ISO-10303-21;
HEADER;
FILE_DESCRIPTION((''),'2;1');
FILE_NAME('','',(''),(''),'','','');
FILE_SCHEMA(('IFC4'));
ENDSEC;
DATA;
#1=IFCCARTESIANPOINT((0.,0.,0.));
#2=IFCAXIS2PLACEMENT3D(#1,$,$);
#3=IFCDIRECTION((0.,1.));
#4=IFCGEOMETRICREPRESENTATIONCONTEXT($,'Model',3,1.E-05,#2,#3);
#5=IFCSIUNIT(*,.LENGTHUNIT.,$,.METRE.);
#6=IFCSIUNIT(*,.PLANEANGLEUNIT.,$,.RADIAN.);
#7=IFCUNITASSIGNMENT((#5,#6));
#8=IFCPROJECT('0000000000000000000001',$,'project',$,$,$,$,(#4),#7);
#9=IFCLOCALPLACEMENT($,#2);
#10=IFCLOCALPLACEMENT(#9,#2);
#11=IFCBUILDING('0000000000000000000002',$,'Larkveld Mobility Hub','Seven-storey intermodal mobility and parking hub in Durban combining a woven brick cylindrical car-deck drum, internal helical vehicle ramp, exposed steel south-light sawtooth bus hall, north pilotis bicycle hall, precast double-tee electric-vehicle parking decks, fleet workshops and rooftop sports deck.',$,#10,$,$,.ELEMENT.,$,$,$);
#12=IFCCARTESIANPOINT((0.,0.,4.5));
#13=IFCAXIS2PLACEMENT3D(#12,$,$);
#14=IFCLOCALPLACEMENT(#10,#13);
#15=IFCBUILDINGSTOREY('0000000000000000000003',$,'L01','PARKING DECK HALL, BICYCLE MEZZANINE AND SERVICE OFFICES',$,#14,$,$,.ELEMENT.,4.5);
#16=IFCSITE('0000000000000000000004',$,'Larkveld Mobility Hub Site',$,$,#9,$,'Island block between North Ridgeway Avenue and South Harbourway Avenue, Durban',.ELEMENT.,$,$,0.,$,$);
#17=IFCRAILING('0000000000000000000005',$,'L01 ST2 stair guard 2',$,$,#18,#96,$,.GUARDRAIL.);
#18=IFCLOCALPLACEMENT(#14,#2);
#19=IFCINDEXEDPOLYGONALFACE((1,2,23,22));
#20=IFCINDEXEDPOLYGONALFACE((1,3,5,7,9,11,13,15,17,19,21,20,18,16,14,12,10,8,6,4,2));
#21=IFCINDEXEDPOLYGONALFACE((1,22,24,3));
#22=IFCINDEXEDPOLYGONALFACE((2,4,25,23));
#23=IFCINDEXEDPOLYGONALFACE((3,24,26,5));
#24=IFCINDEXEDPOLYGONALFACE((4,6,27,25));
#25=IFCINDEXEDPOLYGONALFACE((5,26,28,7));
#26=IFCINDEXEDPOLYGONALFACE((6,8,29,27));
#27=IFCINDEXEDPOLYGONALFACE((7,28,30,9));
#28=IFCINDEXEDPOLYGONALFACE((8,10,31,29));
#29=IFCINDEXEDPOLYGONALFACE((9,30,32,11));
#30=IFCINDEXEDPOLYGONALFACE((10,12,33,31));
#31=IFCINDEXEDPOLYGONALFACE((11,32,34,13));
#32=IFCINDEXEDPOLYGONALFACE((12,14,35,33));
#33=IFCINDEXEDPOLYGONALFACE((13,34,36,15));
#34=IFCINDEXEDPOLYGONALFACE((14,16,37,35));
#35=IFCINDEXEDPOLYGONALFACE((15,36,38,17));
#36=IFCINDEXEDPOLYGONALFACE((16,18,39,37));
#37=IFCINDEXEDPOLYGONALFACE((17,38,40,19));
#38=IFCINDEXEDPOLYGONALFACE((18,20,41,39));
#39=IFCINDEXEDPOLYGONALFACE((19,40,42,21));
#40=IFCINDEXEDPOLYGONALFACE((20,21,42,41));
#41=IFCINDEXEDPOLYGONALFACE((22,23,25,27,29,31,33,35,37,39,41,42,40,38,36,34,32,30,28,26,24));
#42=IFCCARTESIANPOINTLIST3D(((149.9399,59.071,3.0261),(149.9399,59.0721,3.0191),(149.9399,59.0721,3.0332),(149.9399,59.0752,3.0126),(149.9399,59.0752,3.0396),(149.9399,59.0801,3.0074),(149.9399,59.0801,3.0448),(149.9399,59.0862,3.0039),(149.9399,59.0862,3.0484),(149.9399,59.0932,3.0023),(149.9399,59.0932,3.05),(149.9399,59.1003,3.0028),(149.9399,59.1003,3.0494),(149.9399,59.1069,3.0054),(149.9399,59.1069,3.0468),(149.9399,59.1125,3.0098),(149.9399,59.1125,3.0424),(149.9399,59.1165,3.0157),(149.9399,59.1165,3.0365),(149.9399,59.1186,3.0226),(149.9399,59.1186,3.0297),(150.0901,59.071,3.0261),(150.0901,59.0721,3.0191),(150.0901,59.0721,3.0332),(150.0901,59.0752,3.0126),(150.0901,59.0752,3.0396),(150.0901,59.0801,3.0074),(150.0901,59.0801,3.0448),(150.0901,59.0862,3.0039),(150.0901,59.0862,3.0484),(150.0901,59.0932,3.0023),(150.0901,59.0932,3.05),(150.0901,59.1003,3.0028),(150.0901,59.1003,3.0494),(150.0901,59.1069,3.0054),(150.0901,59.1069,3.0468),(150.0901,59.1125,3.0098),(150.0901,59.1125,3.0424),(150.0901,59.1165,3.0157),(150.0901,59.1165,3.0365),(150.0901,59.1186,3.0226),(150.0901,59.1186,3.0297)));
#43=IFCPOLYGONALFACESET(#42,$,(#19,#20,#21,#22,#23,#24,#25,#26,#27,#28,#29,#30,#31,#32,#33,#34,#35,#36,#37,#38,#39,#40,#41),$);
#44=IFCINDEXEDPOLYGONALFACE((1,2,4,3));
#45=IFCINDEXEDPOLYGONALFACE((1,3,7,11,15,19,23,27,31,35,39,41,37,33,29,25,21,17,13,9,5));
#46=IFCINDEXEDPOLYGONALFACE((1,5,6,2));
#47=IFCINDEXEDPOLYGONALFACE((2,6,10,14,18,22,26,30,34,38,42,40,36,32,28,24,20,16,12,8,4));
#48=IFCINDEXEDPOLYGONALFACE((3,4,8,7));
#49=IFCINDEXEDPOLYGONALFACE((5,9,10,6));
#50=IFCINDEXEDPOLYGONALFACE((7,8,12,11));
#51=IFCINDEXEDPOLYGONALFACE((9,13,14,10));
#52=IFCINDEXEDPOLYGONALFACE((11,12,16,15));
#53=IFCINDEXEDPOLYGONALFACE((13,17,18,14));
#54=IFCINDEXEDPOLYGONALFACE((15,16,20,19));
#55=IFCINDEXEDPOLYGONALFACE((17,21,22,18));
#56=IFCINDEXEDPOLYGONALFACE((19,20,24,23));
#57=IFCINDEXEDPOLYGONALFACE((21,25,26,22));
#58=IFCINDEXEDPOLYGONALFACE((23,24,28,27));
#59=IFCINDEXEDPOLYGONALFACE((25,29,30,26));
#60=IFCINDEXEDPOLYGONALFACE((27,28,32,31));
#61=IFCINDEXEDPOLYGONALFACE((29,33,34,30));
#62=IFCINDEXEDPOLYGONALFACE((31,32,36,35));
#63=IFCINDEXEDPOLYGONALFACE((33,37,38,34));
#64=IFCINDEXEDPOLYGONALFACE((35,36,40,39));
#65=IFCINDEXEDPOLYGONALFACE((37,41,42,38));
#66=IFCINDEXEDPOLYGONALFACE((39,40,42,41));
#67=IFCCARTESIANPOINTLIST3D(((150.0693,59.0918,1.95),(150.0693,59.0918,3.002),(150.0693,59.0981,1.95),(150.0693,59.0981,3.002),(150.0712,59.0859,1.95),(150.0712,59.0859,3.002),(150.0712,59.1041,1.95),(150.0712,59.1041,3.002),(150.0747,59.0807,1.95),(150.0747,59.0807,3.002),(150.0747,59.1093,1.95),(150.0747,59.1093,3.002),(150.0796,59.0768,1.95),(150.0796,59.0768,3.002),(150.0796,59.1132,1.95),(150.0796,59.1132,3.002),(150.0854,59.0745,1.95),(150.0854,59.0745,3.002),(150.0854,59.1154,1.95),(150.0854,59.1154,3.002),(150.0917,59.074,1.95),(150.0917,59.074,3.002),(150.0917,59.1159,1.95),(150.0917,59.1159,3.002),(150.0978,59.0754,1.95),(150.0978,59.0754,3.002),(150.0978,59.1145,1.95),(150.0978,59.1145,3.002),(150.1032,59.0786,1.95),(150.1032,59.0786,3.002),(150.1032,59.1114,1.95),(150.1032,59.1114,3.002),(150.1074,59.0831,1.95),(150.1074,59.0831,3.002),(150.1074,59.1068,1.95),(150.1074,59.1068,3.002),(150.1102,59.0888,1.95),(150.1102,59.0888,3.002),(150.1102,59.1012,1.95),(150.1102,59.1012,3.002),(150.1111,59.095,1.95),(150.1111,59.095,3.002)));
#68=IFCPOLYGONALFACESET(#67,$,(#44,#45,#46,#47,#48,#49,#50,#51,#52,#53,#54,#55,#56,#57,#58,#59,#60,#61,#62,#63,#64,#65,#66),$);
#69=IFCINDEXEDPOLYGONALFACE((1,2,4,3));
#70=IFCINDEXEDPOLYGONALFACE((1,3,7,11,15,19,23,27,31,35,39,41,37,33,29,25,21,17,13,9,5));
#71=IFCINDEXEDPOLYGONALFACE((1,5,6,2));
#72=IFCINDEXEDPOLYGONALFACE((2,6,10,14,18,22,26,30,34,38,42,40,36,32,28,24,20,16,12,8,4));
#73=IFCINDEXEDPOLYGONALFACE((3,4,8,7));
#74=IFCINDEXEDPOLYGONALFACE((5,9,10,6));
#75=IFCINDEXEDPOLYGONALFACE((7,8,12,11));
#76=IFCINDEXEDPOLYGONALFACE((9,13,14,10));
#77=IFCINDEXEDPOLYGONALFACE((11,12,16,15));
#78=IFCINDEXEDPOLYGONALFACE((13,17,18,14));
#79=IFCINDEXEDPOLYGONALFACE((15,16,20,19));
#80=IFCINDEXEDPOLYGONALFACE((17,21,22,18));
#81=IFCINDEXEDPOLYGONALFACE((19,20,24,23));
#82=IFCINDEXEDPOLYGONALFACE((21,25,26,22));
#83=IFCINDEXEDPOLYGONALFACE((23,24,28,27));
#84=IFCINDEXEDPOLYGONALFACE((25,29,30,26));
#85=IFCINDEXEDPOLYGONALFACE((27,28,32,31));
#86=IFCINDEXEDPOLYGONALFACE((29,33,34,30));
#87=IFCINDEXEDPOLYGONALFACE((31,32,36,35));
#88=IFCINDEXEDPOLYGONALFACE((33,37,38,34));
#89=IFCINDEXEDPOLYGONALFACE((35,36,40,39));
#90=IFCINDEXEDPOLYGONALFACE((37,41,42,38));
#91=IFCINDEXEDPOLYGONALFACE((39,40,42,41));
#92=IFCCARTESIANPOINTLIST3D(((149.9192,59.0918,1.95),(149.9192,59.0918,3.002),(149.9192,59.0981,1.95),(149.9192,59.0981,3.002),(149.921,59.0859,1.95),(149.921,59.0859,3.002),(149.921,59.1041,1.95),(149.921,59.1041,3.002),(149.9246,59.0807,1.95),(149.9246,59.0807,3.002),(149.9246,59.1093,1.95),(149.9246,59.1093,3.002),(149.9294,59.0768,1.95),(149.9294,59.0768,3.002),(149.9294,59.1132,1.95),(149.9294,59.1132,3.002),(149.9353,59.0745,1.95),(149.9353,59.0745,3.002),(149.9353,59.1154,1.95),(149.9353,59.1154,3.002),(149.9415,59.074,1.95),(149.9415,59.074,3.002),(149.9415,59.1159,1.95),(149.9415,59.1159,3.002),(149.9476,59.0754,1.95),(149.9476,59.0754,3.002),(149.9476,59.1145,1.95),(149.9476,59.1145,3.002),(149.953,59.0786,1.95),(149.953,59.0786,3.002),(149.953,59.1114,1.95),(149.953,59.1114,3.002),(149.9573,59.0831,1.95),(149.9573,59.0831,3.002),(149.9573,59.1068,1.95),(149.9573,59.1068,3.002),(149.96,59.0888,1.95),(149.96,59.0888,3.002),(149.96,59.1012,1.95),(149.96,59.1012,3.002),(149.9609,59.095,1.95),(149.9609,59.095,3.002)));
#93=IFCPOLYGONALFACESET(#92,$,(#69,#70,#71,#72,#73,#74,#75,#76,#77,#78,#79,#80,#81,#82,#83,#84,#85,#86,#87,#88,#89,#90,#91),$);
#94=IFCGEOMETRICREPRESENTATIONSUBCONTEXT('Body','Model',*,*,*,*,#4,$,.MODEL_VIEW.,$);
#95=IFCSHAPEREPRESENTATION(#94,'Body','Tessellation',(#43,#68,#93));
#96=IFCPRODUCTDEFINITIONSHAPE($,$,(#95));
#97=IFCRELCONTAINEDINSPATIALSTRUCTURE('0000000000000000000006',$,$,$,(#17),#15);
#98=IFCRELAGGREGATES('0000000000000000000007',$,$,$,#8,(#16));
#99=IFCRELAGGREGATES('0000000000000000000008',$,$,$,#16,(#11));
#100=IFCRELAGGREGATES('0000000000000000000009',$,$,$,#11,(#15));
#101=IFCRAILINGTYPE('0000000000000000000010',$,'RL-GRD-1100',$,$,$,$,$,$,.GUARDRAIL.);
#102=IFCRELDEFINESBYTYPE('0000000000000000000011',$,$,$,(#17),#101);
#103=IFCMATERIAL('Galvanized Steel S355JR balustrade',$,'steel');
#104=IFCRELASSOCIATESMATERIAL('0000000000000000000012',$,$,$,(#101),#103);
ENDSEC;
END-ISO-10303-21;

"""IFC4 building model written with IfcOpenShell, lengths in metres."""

from ifc_helpers import new_model, si_unit, direction, frame, origin, origin_2d, place, context, subcontext, project, spatial, circle, extrude, material, type_object, element, save


model = new_model("IFC4")

# Units and contexts
model_context = context("Model", 3, precision=1e-05, world=origin(), true_north=direction((0.0, 1.0)))
body_context = subcontext(model_context, "Body", "Model", "MODEL_VIEW")
ifc_project = project(units=[si_unit("LENGTHUNIT", "METRE"), si_unit("PLANEANGLEUNIT", "RADIAN")], contexts=[model_context])

# Site, building, storey
site_placement = place(None, origin())
site = spatial("IfcSite", under=ifc_project, at=site_placement, Name="Larkveld Mobility Hub Site", LongName="Island block between North Ridgeway Avenue and South Harbourway Avenue, Durban", CompositionType="ELEMENT", RefElevation=0.0)
building_placement = place(site_placement, origin())
building = spatial("IfcBuilding", under=site, at=building_placement, Name="Larkveld Mobility Hub", Description="Seven-storey intermodal mobility and parking hub in Durban combining a woven brick cylindrical car-deck drum, internal helical vehicle ramp, exposed steel south-light sawtooth bus hall, north pilotis bicycle hall, precast double-tee electric-vehicle parking decks, fleet workshops and rooftop sports deck.", CompositionType="ELEMENT")
storey_placement = place(building_placement, frame((0.0, 0.0, 4.5)))
storey = spatial("IfcBuildingStorey", under=building, at=storey_placement, Name="L01", Description="PARKING DECK HALL, BICYCLE MEZZANINE AND SERVICE OFFICES", CompositionType="ELEMENT", Elevation=4.5)

# Railing
ifc_material_1 = material(Name="Galvanized Steel S355JR balustrade", Category="steel")
railing_type_1 = type_object("IfcRailingType", Name="RL-GRD-1100", PredefinedType="GUARDRAIL", material=ifc_material_1)
railing_1_placement = place(storey_placement, frame((150.0901, 59.095, 1.95)))
element("IfcRailing", 1, at=railing_1_placement, inside=storey, type_object=railing_type_1, Name="L01 ST2 stair guard 2", PredefinedType="GUARDRAIL", context=body_context, shape_type="SweptSolid", body=[
    extrude(circle(Radius=0.0239, at=origin_2d()), frame((0.0, 0.0, 1.0762), z_axis=(-1.0, 0.0, 0.0), x_axis=(0.0, -1.0, 0.0)), (0.0, 0.0, 1.0), 0.1501),
    extrude(circle(Radius=0.021, at=origin_2d()), origin(), (0.0, 0.0, 1.0), 1.052),
    extrude(circle(Radius=0.021, at=origin_2d()), frame((-0.1501, 0.0, 0.0)), (0.0, 0.0, 1.0), 1.052),
])

save(model, "model.ifc")
